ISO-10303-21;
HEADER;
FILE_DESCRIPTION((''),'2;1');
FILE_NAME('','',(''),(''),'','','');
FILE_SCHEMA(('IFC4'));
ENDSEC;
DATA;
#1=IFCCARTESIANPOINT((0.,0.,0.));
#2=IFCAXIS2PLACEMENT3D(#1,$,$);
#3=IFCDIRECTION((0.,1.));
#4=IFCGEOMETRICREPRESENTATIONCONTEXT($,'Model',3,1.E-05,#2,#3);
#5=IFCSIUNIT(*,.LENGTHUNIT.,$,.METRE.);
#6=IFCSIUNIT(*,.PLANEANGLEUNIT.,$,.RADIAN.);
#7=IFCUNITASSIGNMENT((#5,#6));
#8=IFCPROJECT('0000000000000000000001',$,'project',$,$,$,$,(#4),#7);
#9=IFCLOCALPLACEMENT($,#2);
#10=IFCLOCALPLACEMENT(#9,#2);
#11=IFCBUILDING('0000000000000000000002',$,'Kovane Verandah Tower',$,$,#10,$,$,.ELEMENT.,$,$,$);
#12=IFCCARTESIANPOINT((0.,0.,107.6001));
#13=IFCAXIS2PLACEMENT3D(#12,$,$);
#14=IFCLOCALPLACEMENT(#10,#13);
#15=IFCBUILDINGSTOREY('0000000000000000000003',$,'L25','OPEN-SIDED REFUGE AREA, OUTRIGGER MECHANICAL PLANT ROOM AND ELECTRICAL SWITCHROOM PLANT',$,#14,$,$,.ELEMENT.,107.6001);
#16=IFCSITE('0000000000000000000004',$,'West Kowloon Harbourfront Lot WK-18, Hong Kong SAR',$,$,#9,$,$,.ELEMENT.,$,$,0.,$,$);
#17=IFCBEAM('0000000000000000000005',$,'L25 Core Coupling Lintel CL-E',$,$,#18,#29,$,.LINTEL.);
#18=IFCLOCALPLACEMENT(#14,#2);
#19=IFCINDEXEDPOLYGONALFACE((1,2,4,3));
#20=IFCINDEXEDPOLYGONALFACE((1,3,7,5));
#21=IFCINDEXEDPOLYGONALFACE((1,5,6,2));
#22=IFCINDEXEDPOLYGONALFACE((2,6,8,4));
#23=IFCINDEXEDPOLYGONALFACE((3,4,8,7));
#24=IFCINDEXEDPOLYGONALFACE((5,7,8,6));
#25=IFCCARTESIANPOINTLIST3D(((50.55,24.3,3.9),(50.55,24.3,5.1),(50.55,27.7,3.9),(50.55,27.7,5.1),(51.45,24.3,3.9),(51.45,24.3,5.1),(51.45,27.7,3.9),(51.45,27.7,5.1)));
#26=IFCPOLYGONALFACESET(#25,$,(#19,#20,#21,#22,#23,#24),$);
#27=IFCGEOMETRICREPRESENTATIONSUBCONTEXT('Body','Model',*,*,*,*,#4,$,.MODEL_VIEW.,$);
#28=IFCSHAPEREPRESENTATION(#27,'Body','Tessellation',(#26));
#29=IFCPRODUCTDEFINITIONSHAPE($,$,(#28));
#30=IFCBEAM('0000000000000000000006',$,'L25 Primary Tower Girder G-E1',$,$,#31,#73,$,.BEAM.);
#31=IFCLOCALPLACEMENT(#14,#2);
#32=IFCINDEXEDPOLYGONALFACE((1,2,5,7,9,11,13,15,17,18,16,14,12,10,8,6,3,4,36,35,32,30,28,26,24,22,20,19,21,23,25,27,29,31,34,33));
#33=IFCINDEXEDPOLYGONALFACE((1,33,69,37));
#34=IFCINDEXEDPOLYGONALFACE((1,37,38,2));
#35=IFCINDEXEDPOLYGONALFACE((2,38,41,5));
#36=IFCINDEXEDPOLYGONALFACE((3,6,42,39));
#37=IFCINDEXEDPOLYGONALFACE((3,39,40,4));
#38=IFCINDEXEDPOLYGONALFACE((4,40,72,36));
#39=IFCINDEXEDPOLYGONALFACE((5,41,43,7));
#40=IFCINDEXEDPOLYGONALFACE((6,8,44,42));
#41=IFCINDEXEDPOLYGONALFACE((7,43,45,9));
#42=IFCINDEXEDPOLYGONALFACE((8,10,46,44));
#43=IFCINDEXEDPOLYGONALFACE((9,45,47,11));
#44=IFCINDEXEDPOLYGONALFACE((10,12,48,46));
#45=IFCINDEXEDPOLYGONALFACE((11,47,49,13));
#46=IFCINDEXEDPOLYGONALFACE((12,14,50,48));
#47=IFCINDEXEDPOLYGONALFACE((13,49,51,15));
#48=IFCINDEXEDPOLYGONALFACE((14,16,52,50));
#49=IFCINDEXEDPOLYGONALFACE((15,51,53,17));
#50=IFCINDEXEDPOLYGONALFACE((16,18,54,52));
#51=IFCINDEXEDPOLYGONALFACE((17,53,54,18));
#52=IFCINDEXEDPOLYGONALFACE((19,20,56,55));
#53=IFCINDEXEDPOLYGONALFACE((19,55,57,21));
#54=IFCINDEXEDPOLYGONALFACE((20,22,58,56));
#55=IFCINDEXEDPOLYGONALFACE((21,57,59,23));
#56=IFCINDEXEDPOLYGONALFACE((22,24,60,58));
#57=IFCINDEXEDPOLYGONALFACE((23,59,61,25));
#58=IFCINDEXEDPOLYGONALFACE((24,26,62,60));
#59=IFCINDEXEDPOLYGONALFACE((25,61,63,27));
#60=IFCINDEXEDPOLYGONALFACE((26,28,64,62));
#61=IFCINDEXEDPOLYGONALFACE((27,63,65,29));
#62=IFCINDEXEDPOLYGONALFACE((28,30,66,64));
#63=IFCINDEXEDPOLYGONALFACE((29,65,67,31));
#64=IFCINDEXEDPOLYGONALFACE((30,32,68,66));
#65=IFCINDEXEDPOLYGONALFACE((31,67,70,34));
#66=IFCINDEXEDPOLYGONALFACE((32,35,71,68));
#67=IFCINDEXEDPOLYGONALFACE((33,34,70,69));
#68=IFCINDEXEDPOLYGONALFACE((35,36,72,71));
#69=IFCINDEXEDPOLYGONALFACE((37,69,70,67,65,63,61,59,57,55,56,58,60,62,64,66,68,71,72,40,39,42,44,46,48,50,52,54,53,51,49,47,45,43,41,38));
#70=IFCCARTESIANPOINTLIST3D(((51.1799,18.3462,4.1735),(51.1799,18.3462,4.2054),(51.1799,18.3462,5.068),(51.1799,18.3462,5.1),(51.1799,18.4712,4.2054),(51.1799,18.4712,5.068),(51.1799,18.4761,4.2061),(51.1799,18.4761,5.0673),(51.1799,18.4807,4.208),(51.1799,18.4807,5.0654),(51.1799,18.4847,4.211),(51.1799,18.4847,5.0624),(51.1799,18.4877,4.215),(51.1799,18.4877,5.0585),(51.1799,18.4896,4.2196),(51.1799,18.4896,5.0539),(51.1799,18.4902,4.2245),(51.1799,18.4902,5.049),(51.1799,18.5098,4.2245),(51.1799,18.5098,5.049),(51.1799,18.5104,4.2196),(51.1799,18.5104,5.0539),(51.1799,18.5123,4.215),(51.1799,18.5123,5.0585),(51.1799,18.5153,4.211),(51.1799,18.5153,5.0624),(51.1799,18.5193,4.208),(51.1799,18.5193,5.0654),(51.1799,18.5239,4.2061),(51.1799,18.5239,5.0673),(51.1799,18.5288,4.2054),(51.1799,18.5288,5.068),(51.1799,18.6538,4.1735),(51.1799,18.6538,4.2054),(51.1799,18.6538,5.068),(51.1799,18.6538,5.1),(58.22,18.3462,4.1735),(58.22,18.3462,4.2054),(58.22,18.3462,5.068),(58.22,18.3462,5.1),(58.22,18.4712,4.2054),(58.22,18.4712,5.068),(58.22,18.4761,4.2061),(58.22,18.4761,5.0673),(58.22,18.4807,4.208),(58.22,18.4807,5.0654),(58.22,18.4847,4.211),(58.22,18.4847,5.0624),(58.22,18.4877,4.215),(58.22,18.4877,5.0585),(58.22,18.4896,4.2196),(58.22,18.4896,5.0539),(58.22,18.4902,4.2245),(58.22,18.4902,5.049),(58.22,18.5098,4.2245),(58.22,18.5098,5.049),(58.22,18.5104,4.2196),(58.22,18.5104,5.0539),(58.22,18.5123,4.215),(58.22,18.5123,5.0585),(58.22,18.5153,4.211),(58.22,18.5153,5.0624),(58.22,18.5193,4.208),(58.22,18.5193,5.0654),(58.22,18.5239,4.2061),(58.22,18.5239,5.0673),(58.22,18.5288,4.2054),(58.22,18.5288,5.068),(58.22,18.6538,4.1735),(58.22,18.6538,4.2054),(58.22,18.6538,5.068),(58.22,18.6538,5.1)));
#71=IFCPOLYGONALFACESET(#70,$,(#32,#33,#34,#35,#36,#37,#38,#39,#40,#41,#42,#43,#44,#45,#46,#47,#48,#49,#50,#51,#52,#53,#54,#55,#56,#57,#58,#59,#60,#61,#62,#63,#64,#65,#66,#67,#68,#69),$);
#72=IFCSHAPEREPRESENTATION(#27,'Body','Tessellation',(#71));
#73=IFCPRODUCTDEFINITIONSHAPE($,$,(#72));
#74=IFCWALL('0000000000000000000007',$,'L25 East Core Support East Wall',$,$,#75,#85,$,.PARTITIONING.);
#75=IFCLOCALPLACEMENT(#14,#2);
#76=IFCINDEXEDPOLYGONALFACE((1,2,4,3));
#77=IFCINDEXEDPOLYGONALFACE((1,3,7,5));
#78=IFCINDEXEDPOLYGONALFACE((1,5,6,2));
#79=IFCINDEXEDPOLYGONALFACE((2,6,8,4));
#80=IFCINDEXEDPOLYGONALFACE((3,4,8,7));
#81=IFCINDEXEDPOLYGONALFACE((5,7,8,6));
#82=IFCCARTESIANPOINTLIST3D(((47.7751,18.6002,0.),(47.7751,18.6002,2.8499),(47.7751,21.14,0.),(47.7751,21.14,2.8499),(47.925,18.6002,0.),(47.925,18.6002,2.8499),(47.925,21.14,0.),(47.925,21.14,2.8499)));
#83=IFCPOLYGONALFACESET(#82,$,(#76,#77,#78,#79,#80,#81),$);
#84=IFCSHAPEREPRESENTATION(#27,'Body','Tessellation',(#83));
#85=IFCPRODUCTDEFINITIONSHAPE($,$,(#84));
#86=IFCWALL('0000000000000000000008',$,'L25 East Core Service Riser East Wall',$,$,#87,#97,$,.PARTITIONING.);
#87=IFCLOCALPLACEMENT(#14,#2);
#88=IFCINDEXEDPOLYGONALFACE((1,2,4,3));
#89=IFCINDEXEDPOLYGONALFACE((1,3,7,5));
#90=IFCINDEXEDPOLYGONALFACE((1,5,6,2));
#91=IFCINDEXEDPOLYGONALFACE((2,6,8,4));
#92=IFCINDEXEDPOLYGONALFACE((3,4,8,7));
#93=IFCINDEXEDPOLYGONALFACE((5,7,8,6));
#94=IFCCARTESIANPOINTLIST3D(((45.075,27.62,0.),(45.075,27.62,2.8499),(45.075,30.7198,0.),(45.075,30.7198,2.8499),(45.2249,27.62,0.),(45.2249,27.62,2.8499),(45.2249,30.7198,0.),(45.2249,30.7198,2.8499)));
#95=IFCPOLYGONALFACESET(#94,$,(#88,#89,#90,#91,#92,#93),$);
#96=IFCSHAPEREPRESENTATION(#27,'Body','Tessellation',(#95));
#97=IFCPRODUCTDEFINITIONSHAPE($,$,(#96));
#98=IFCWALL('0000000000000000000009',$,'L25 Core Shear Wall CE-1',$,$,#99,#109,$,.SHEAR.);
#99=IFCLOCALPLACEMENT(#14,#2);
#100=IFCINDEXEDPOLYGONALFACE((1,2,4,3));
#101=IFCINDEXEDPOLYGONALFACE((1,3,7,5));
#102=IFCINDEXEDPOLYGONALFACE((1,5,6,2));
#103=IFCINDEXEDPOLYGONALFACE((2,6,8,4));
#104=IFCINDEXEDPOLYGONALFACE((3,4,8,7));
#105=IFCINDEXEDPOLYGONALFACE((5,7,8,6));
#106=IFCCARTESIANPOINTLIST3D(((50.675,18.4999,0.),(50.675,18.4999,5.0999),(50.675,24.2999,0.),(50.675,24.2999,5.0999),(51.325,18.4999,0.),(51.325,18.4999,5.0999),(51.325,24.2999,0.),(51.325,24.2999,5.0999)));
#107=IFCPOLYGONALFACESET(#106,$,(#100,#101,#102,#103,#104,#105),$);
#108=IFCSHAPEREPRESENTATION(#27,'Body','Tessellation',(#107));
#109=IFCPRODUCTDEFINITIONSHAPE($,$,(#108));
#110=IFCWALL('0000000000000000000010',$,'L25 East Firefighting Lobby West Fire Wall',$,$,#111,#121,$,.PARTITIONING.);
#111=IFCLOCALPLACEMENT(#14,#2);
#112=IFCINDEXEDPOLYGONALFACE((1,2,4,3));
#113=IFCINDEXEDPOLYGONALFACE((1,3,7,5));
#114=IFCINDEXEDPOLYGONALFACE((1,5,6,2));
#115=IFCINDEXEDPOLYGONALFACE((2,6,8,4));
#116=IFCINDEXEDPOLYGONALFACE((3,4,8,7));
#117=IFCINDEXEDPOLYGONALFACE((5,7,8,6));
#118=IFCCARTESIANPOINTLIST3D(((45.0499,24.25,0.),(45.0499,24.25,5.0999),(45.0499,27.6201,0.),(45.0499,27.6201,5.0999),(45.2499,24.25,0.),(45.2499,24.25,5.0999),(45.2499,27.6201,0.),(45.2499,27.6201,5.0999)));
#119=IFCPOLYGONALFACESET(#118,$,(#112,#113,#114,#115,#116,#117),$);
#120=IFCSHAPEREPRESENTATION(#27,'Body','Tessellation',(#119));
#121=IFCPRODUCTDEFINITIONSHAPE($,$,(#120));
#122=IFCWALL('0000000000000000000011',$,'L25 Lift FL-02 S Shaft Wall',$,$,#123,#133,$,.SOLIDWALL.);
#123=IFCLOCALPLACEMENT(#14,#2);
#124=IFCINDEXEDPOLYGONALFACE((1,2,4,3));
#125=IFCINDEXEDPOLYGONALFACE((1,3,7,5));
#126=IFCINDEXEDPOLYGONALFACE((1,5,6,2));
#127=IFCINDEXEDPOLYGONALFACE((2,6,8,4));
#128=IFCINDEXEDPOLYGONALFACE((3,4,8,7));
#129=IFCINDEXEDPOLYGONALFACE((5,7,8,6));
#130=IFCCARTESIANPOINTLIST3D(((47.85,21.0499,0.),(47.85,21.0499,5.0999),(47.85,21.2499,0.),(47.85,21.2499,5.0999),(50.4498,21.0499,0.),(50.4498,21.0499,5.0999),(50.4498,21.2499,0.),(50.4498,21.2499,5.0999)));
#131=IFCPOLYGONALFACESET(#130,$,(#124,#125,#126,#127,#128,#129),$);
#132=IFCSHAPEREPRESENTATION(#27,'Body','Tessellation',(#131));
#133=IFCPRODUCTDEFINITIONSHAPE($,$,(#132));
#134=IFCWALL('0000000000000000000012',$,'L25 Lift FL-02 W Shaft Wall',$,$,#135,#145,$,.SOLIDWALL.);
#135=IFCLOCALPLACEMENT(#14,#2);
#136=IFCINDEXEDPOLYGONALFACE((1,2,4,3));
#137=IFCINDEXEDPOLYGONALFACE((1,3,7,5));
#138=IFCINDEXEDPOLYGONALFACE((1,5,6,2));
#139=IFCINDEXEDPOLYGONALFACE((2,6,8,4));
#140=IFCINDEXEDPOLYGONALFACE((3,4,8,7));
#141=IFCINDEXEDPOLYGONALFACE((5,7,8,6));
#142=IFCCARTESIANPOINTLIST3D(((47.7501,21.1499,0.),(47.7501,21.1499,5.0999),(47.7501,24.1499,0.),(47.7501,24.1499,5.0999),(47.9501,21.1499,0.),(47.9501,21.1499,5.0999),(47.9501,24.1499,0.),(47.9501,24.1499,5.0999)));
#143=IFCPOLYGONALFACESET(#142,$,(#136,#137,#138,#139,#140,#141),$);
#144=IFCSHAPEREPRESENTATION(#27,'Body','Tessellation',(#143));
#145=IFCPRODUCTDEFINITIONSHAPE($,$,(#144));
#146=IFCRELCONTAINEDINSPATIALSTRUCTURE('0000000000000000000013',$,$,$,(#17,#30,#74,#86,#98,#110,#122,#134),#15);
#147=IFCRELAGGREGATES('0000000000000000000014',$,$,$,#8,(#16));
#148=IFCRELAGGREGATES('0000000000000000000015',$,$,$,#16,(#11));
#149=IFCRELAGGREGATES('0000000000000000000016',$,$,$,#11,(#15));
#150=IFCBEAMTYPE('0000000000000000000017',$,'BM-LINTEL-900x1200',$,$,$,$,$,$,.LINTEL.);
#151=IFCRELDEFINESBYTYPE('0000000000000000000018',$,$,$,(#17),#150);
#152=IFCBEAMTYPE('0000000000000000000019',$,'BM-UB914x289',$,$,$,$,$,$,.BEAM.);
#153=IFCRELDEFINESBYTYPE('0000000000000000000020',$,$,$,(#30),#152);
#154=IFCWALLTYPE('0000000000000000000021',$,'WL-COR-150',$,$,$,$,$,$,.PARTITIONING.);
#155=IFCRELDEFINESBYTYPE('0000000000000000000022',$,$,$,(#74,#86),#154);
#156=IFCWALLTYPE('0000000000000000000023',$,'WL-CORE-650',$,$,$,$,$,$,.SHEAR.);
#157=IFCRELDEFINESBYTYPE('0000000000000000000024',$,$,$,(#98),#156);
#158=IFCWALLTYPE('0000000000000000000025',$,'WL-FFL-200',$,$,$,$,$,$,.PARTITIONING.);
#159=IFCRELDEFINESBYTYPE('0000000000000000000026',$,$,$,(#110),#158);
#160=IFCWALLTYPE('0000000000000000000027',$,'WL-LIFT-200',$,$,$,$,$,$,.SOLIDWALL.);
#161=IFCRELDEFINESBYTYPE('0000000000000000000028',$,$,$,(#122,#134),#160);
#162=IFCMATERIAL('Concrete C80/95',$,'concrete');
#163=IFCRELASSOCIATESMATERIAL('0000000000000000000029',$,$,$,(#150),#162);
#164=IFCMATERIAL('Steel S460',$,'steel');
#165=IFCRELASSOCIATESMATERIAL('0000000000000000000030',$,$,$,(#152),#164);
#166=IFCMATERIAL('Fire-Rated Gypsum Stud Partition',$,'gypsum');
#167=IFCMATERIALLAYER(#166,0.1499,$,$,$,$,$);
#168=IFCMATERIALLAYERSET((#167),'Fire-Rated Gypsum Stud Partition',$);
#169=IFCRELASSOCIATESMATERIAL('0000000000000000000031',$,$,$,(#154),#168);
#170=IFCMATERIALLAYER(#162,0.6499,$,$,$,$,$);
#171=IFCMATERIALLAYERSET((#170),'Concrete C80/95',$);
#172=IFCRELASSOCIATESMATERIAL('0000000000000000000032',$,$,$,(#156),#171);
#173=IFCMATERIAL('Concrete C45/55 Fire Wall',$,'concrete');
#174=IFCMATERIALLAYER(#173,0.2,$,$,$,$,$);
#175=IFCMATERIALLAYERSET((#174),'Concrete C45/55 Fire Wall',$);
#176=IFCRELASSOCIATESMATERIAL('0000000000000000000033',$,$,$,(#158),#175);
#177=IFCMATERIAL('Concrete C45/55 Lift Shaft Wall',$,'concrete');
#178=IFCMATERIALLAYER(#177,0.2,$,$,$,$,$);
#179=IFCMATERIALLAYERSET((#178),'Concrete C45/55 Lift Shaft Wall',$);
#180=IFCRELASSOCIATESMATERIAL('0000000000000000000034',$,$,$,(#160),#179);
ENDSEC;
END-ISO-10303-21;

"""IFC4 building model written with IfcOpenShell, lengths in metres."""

from ifc_helpers import new_model, si_unit, direction, frame, frame_2d, origin, origin_2d, place, context, subcontext, project, spatial, rectangle, i_section, extrude, material, layer, layer_set, material_profile, profile_set, type_object, element, save


model = new_model("IFC4")

# Units and contexts
model_context = context("Model", 3, precision=1e-05, world=origin(), true_north=direction((0.0, 1.0)))
body_context = subcontext(model_context, "Body", "Model", "MODEL_VIEW")
ifc_project = project(units=[si_unit("LENGTHUNIT", "METRE"), si_unit("PLANEANGLEUNIT", "RADIAN")], contexts=[model_context])

# Site, building, storey
site_placement = place(None, origin())
site = spatial("IfcSite", under=ifc_project, at=site_placement, Name="West Kowloon Harbourfront Lot WK-18, Hong Kong SAR", CompositionType="ELEMENT", RefElevation=0.0)
building_placement = place(site_placement, origin())
building = spatial("IfcBuilding", under=site, at=building_placement, Name="Kovane Verandah Tower", CompositionType="ELEMENT")
storey_placement = place(building_placement, frame((0.0, 0.0, 107.6001)))
storey = spatial("IfcBuildingStorey", under=building, at=storey_placement, Name="L25", Description="OPEN-SIDED REFUGE AREA, OUTRIGGER MECHANICAL PLANT ROOM AND ELECTRICAL SWITCHROOM PLANT", CompositionType="ELEMENT", Elevation=107.6001)

# Beams
ifc_material_1 = material(Name="Concrete C80/95", Category="concrete")
ifc_material_profile_1 = material_profile(ifc_material_1, rectangle(XDim=0.8999, YDim=1.2, at=origin_2d()), Name="RCB900x1200")
ifc_profile_set_1 = profile_set([ifc_material_profile_1], Name="Concrete C80/95")
beam_type_1 = type_object("IfcBeamType", Name="BM-LINTEL-900x1200", PredefinedType="LINTEL", material=ifc_profile_set_1)
beam_1_placement = place(storey_placement, frame((51.0, 24.3, 4.5), z_axis=(0.0, 1.0, 0.0), x_axis=(-1.0, 0.0, 0.0)))
element("IfcBeam", 1, at=beam_1_placement, inside=storey, type_object=beam_type_1, Name="L25 Core Coupling Lintel CL-E", PredefinedType="LINTEL", context=body_context, shape_type="SweptSolid", body=[
    extrude(rectangle(XDim=0.8999, YDim=1.2, at=origin_2d()), origin(), (0.0, 0.0, 1.0), 3.3999),
])
ifc_material_2 = material(Name="Steel S460", Category="steel")
ifc_material_profile_2 = material_profile(ifc_material_2, i_section(OverallWidth=0.3076, OverallDepth=0.9265, WebThickness=0.0195, FlangeThickness=0.032, FilletRadius=0.019, at=origin_2d()), Name="UB914x305x289")
ifc_profile_set_2 = profile_set([ifc_material_profile_2], Name="Steel S460")
beam_type_2 = type_object("IfcBeamType", Name="BM-UB914x289", PredefinedType="BEAM", material=ifc_profile_set_2)
beam_2_placement = place(storey_placement, frame((51.1799, 18.5, 4.6367), z_axis=(1.0, 0.0, 0.0), x_axis=(0.0, 1.0, 0.0)))
element("IfcBeam", 2, at=beam_2_placement, inside=storey, type_object=beam_type_2, Name="L25 Primary Tower Girder G-E1", PredefinedType="BEAM", context=body_context, shape_type="SweptSolid", body=[
    extrude(i_section(OverallWidth=0.3076, OverallDepth=0.9265, WebThickness=0.0195, FlangeThickness=0.032, FilletRadius=0.019, at=origin_2d()), origin(), (0.0, 0.0, 1.0), 7.04),
])

# Walls
ifc_material_3 = material(Name="Fire-Rated Gypsum Stud Partition", Category="gypsum")
ifc_layer_1 = layer(ifc_material_3, 0.1499)
ifc_layer_set_1 = layer_set([ifc_layer_1], Name="Fire-Rated Gypsum Stud Partition")
wall_type_1 = type_object("IfcWallType", Name="WL-COR-150", PredefinedType="PARTITIONING", material=ifc_layer_set_1)
wall_1_placement = place(storey_placement, frame((47.8501, 18.6001, 0.0), z_axis=(0.0, 0.0, 1.0), x_axis=(0.0, 1.0, 0.0)))
element("IfcWall", 3, at=wall_1_placement, inside=storey, type_object=wall_type_1, Name="L25 East Core Support East Wall", PredefinedType="PARTITIONING", context=body_context, shape_type="SweptSolid", body=[
    extrude(rectangle(XDim=2.5398, YDim=0.1499, at=frame_2d((1.27, 0.0))), origin(), (0.0, 0.0, 1.0), 2.8499),
])
wall_2_placement = place(storey_placement, frame((45.1499, 27.6201, 0.0), z_axis=(0.0, 0.0, 1.0), x_axis=(0.0, 1.0, 0.0)))
element("IfcWall", 4, at=wall_2_placement, inside=storey, type_object=wall_type_1, Name="L25 East Core Service Riser East Wall", PredefinedType="PARTITIONING", context=body_context, shape_type="SweptSolid", body=[
    extrude(rectangle(XDim=3.0999, YDim=0.1499, at=frame_2d((1.5498, 0.0))), origin(), (0.0, 0.0, 1.0), 2.8499),
])
ifc_layer_2 = layer(ifc_material_1, 0.6499)
ifc_layer_set_2 = layer_set([ifc_layer_2], Name="Concrete C80/95")
wall_type_2 = type_object("IfcWallType", Name="WL-CORE-650", PredefinedType="SHEAR", material=ifc_layer_set_2)
wall_3_placement = place(storey_placement, frame((51.0, 18.5, 0.0), z_axis=(0.0, 0.0, 1.0), x_axis=(0.0, 1.0, 0.0)))
element("IfcWall", 5, at=wall_3_placement, inside=storey, type_object=wall_type_2, Name="L25 Core Shear Wall CE-1", PredefinedType="SHEAR", context=body_context, shape_type="SweptSolid", body=[
    extrude(rectangle(XDim=5.8, YDim=0.6499, at=frame_2d((2.8999, 0.0))), origin(), (0.0, 0.0, 1.0), 5.0999),
])
ifc_material_4 = material(Name="Concrete C45/55 Fire Wall", Category="concrete")
ifc_layer_3 = layer(ifc_material_4, 0.2)
ifc_layer_set_3 = layer_set([ifc_layer_3], Name="Concrete C45/55 Fire Wall")
wall_type_3 = type_object("IfcWallType", Name="WL-FFL-200", PredefinedType="PARTITIONING", material=ifc_layer_set_3)
wall_4_placement = place(storey_placement, frame((45.1499, 24.25, 0.0), z_axis=(0.0, 0.0, 1.0), x_axis=(0.0, 1.0, 0.0)))
element("IfcWall", 6, at=wall_4_placement, inside=storey, type_object=wall_type_3, Name="L25 East Firefighting Lobby West Fire Wall", PredefinedType="PARTITIONING", context=body_context, shape_type="SweptSolid", body=[
    extrude(rectangle(XDim=3.3701, YDim=0.2, at=frame_2d((1.6851, 0.0))), origin(), (0.0, 0.0, 1.0), 5.0999),
])

# Wall
ifc_material_5 = material(Name="Concrete C45/55 Lift Shaft Wall", Category="concrete")
ifc_layer_4 = layer(ifc_material_5, 0.2)
ifc_layer_set_4 = layer_set([ifc_layer_4], Name="Concrete C45/55 Lift Shaft Wall")
wall_type_4 = type_object("IfcWallType", Name="WL-LIFT-200", PredefinedType="SOLIDWALL", material=ifc_layer_set_4)
wall_5_placement = place(storey_placement, frame((47.8501, 21.1499, 0.0), z_axis=(0.0, 0.0, 1.0), x_axis=(1.0, 0.0, 0.0)))
element("IfcWall", 7, at=wall_5_placement, inside=storey, type_object=wall_type_4, Name="L25 Lift FL-02 S Shaft Wall", PredefinedType="SOLIDWALL", context=body_context, shape_type="SweptSolid", body=[
    extrude(rectangle(XDim=2.5999, YDim=0.2, at=frame_2d((1.2998, 0.0))), origin(), (0.0, 0.0, 1.0), 5.0999),
])

# Wall
wall_6_placement = place(storey_placement, frame((47.8501, 24.1499, 0.0), z_axis=(0.0, 0.0, 1.0), x_axis=(0.0, -1.0, 0.0)))
element("IfcWall", 8, at=wall_6_placement, inside=storey, type_object=wall_type_4, Name="L25 Lift FL-02 W Shaft Wall", PredefinedType="SOLIDWALL", context=body_context, shape_type="SweptSolid", body=[
    extrude(rectangle(XDim=3.0, YDim=0.2, at=frame_2d((1.5, 0.0))), origin(), (0.0, 0.0, 1.0), 5.0999),
])

save(model, "model.ifc")
